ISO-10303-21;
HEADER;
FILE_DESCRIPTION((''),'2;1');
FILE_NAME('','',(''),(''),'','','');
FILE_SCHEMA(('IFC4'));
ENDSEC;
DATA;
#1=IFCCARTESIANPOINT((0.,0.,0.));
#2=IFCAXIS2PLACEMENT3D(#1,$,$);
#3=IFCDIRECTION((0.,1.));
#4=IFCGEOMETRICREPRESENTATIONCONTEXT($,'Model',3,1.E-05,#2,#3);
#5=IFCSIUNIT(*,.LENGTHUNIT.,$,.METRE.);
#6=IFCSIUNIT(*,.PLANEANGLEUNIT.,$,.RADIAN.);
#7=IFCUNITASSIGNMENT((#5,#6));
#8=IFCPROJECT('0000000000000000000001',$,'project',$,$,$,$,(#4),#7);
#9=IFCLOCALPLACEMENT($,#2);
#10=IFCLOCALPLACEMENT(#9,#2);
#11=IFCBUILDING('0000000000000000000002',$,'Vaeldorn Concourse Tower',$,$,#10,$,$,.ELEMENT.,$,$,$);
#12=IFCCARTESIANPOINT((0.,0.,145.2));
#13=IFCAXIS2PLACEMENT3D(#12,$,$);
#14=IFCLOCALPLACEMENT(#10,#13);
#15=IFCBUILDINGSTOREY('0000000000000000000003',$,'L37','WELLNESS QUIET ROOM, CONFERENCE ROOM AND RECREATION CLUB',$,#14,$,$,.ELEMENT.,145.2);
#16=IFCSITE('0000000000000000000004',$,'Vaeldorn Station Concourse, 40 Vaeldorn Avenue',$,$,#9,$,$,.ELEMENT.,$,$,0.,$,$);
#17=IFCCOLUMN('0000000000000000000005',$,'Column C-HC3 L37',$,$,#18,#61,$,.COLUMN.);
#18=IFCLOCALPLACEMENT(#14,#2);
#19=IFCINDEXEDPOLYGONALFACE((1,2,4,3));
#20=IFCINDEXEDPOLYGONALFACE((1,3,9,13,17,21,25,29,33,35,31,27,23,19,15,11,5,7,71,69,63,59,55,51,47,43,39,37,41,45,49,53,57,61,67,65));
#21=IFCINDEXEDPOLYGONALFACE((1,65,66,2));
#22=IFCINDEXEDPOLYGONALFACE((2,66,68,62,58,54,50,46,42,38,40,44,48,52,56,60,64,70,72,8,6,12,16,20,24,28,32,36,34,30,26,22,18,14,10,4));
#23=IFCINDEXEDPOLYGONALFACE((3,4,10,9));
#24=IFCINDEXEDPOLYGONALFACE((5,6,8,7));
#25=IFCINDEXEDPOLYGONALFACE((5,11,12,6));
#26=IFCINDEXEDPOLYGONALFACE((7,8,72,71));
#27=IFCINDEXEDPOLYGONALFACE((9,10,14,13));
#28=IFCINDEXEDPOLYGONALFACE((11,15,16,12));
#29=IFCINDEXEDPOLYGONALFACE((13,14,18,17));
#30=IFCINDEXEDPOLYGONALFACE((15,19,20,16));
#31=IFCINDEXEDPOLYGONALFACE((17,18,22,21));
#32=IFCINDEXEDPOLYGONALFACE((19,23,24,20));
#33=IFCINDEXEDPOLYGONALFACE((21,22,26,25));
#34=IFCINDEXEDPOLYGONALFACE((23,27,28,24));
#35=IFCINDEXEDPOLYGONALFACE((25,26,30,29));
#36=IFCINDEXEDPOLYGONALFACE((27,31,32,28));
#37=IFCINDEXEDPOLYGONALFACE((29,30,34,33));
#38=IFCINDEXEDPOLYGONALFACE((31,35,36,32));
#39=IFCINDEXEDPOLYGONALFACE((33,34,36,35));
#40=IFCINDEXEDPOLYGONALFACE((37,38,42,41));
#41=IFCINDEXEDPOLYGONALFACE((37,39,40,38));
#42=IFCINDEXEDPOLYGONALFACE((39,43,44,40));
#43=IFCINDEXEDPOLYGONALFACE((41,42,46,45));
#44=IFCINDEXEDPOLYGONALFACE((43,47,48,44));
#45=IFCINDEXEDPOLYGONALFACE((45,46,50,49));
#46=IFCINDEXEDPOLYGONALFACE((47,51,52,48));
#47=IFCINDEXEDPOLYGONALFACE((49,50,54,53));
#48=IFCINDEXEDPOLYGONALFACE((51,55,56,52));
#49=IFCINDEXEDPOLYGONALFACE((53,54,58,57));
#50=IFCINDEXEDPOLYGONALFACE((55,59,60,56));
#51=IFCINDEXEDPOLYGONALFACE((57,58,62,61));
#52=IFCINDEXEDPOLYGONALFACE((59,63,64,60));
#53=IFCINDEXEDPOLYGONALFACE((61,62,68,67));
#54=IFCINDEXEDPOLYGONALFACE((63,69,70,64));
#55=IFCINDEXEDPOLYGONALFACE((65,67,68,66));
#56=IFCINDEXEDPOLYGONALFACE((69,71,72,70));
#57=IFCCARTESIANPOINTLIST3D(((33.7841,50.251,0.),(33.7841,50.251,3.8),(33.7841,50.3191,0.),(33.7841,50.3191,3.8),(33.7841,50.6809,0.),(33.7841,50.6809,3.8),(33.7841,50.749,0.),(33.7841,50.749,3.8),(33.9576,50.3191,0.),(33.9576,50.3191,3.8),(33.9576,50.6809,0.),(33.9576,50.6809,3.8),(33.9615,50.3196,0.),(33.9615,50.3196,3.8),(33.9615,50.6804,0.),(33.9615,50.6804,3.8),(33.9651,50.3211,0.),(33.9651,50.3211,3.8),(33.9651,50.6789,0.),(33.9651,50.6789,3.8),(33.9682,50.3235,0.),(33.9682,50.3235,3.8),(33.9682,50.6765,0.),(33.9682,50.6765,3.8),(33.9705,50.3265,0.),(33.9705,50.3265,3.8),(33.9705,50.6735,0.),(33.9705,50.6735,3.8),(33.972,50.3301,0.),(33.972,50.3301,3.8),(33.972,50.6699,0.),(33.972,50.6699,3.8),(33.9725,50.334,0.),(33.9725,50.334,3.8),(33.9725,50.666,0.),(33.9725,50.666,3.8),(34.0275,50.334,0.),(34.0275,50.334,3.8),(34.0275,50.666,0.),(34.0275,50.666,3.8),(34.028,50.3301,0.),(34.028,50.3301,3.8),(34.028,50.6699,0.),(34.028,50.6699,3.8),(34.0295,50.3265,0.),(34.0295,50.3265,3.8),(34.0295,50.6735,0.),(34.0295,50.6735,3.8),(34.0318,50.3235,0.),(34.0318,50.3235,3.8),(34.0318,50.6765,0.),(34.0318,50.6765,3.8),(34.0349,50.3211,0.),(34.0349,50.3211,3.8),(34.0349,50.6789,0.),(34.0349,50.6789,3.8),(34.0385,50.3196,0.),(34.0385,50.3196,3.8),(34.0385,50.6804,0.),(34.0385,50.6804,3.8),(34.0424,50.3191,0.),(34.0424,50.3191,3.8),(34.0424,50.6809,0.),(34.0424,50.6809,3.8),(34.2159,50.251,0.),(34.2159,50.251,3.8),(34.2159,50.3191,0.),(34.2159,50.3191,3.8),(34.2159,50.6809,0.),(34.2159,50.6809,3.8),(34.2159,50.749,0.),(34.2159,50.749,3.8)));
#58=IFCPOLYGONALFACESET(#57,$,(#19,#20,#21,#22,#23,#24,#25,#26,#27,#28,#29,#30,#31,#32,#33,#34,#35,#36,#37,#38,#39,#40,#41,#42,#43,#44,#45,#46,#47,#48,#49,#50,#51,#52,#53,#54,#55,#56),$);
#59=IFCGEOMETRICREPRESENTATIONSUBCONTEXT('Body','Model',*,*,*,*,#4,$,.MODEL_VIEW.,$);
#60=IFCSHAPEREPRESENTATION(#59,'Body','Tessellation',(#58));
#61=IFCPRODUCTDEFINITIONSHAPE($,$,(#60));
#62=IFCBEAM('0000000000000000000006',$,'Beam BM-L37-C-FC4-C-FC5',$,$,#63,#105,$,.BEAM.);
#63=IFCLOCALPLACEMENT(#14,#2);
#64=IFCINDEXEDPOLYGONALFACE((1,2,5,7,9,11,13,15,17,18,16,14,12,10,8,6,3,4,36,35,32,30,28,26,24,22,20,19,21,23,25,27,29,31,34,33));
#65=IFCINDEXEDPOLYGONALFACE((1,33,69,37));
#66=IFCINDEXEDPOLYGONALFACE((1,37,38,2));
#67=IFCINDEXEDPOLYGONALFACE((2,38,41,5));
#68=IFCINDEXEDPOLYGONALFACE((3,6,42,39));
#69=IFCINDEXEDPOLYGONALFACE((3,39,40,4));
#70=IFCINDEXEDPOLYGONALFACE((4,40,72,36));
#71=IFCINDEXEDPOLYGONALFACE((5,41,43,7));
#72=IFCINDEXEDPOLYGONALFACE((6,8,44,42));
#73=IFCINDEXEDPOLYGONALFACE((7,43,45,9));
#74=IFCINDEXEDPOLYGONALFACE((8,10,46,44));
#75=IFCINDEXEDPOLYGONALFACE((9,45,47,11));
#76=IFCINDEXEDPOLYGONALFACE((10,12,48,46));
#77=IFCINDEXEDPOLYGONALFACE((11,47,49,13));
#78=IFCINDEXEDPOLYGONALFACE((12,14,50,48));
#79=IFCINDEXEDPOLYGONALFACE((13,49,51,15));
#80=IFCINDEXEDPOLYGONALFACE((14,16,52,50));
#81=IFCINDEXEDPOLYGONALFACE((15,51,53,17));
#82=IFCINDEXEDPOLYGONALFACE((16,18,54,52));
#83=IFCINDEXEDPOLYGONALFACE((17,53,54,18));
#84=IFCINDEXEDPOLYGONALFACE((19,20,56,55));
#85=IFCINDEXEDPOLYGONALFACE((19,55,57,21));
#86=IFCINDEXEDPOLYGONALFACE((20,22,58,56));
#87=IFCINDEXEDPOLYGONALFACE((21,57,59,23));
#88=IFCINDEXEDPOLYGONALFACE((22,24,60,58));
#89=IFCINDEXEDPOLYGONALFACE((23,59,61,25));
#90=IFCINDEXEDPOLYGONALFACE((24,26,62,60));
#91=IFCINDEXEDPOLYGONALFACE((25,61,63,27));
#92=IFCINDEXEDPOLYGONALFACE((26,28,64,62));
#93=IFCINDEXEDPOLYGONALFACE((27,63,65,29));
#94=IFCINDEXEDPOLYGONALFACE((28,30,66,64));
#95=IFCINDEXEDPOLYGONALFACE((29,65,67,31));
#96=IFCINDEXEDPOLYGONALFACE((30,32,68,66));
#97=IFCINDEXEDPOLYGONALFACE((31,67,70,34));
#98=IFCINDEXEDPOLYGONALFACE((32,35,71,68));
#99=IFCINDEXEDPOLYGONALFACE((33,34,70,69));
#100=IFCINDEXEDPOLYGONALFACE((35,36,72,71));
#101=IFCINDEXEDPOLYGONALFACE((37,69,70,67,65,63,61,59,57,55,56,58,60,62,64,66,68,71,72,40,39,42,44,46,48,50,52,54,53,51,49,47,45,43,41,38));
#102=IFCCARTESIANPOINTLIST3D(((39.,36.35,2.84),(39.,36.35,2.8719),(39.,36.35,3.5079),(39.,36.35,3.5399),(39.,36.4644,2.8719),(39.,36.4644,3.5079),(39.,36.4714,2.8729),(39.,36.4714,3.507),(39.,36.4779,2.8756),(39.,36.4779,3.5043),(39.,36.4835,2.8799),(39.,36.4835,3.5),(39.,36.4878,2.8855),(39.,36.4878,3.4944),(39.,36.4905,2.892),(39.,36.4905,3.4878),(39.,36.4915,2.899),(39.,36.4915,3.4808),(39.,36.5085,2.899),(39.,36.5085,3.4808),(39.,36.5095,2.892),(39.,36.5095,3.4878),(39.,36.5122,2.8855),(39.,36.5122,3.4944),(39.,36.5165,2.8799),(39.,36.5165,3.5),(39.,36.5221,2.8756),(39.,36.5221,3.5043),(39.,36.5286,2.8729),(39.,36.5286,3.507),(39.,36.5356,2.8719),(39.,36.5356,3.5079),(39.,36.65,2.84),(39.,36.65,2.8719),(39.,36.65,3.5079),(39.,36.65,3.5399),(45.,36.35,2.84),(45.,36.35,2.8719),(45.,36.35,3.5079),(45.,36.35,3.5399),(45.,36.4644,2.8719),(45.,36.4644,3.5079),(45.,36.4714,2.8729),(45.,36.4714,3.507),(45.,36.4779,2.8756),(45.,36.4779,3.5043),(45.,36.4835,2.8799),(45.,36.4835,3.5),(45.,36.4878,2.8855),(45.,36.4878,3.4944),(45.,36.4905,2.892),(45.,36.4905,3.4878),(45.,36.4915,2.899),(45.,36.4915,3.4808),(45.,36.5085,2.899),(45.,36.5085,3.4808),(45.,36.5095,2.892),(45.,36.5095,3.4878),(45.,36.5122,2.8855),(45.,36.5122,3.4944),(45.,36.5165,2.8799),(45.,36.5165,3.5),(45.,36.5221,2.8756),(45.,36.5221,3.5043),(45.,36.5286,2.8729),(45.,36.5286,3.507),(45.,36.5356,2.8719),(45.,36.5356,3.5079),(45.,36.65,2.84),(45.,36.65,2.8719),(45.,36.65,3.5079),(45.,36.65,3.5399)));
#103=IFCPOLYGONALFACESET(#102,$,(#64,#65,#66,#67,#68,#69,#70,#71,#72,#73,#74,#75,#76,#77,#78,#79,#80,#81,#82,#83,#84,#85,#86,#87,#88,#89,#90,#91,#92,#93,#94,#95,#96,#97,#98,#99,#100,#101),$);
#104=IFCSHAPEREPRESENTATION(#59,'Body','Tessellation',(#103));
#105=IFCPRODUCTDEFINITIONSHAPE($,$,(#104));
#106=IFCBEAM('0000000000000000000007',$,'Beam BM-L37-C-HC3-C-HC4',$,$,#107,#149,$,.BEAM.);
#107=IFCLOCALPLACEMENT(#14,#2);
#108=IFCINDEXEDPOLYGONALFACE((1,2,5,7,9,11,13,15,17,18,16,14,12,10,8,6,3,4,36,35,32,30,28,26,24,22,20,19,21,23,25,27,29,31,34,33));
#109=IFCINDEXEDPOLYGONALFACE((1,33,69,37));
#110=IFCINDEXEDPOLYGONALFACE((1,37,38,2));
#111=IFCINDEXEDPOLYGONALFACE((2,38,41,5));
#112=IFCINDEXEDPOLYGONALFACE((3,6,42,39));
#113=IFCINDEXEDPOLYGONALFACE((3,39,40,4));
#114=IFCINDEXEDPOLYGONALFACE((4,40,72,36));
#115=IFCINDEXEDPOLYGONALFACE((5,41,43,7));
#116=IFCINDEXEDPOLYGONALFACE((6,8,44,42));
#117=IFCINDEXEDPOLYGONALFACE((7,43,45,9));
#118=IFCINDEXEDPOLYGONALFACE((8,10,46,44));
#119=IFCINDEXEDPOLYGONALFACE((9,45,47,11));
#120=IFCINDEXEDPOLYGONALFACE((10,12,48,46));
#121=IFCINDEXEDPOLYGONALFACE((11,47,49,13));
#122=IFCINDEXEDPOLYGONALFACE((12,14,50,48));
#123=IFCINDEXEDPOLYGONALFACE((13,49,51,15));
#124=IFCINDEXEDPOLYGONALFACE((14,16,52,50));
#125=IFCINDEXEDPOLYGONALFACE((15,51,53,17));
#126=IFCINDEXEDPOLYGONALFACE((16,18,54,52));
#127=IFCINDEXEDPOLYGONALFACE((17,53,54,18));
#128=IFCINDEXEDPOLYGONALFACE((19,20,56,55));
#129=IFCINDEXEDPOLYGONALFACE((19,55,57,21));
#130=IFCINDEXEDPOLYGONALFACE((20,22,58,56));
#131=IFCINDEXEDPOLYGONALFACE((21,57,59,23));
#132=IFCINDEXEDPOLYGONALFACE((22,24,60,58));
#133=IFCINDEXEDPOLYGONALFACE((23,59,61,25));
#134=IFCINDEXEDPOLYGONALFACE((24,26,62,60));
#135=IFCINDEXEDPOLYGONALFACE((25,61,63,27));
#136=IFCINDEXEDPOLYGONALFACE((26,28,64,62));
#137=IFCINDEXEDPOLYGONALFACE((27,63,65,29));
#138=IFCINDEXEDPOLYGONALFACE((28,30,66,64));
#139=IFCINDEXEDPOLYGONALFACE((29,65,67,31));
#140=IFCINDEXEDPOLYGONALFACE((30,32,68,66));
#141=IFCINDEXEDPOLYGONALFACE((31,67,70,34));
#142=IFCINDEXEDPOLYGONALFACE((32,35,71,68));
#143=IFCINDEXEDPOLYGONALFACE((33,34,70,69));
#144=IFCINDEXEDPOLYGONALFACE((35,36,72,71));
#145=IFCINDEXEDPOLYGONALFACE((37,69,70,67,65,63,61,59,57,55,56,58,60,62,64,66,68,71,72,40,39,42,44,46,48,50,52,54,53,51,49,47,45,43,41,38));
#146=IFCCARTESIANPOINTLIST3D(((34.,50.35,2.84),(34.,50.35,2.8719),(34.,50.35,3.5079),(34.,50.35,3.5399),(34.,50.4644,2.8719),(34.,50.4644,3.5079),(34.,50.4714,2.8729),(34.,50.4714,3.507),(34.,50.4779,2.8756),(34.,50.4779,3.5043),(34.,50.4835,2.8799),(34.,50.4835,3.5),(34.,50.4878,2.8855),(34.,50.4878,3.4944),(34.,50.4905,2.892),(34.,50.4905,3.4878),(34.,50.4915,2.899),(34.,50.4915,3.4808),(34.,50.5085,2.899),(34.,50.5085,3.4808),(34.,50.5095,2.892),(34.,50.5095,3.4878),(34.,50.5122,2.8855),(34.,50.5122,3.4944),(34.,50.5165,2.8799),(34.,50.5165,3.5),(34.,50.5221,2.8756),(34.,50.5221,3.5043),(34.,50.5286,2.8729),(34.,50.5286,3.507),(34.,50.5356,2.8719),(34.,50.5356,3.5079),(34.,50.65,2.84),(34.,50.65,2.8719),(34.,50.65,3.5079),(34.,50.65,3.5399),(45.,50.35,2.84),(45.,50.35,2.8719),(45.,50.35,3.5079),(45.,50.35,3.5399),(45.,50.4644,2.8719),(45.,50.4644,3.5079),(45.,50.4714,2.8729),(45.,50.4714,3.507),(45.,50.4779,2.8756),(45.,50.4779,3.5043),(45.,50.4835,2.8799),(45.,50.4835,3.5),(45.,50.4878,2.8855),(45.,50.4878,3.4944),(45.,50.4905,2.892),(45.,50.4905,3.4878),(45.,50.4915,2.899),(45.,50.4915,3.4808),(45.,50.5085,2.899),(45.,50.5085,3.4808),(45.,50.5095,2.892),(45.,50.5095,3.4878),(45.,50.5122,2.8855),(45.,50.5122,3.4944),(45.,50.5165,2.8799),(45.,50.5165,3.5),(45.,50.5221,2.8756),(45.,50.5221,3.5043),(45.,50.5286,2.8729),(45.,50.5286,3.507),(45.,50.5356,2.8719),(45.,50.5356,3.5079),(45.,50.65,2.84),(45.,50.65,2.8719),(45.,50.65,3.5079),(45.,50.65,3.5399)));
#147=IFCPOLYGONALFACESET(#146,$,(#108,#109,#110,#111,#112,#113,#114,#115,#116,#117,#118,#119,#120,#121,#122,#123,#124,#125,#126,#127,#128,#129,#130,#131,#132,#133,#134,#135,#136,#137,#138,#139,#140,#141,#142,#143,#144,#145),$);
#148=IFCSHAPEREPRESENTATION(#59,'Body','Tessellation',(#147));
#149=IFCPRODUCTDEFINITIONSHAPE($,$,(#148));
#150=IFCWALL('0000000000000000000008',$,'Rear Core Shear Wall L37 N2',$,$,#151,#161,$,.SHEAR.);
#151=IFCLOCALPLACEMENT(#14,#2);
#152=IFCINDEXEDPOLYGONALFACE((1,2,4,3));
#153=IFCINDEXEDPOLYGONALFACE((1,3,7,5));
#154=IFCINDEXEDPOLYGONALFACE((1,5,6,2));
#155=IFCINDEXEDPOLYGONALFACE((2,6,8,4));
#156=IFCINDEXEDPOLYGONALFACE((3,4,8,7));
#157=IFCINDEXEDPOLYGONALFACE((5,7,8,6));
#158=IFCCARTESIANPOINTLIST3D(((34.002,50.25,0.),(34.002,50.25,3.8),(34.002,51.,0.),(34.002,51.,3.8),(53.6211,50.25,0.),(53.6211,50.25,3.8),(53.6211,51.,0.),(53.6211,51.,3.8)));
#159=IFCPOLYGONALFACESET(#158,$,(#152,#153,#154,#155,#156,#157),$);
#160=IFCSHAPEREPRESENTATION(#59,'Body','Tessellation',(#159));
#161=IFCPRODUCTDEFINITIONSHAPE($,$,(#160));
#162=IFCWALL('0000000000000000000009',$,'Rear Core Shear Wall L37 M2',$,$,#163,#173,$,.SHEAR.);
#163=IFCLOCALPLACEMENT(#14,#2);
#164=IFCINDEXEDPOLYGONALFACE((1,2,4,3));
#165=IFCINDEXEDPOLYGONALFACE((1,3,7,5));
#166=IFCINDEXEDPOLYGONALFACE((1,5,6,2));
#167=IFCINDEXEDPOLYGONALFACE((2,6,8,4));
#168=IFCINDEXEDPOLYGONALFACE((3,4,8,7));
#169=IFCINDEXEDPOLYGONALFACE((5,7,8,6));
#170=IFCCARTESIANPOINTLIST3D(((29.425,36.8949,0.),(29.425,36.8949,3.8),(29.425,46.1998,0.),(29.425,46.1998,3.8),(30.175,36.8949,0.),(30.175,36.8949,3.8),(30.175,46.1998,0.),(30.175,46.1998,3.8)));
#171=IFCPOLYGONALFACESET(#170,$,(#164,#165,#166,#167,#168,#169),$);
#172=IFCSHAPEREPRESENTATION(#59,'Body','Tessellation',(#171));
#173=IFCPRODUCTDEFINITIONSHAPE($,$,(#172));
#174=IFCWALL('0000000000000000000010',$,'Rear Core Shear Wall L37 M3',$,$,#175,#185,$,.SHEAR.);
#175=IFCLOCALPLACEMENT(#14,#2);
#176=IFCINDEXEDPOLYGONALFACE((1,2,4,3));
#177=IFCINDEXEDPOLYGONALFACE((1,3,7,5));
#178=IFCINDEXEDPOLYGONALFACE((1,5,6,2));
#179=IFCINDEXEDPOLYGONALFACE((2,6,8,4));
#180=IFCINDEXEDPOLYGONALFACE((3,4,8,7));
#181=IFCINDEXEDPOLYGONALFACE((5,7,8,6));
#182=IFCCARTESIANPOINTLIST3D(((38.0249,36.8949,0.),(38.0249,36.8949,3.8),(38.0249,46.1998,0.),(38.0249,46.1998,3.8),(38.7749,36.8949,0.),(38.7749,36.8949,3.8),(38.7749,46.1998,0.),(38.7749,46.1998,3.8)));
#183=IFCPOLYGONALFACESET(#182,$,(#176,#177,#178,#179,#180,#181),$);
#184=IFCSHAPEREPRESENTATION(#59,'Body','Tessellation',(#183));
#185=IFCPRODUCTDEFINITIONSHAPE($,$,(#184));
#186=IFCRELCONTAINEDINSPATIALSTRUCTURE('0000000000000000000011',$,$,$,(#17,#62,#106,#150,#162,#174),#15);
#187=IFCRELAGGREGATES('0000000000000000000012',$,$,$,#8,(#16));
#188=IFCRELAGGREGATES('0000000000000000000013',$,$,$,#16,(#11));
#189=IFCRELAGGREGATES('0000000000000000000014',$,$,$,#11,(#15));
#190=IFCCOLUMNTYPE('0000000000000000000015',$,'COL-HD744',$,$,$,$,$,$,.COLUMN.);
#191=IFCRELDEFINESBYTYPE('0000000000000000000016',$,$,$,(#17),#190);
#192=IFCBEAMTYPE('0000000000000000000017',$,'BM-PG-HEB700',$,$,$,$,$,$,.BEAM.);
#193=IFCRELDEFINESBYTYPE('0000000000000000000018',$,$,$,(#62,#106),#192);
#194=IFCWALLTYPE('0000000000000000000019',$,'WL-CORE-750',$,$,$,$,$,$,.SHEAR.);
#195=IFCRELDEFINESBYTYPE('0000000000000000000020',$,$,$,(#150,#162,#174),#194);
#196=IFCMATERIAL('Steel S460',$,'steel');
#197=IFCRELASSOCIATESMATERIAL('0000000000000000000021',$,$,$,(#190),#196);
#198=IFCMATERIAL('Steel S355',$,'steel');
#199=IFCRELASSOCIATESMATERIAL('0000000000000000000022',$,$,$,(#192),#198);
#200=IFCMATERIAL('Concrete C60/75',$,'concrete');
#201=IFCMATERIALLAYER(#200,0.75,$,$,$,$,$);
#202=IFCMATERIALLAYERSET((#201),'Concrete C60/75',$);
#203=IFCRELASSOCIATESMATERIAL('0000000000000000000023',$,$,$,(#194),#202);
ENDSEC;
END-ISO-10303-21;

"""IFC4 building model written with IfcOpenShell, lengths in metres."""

from ifc_helpers import new_model, si_unit, direction, frame, frame_2d, origin, origin_2d, place, context, subcontext, project, spatial, rectangle, i_section, extrude, source, transform, mapped, material, layer, layer_set, material_profile, profile_set, type_object, element, save


model = new_model("IFC4")

# Units and contexts
model_context = context("Model", 3, precision=1e-05, world=origin(), true_north=direction((0.0, 1.0)))
body_context = subcontext(model_context, "Body", "Model", "MODEL_VIEW")
ifc_project = project(units=[si_unit("LENGTHUNIT", "METRE"), si_unit("PLANEANGLEUNIT", "RADIAN")], contexts=[model_context])

# Site, building, storey
site_placement = place(None, origin())
site = spatial("IfcSite", under=ifc_project, at=site_placement, Name="Vaeldorn Station Concourse, 40 Vaeldorn Avenue", CompositionType="ELEMENT", RefElevation=0.0)
building_placement = place(site_placement, origin())
building = spatial("IfcBuilding", under=site, at=building_placement, Name="Vaeldorn Concourse Tower", CompositionType="ELEMENT")
storey_placement = place(building_placement, frame((0.0, 0.0, 145.2)))
storey = spatial("IfcBuildingStorey", under=building, at=storey_placement, Name="L37", Description="WELLNESS QUIET ROOM, CONFERENCE ROOM AND RECREATION CLUB", CompositionType="ELEMENT", Elevation=145.2)

# Column
ifc_material_1 = material(Name="Steel S460", Category="steel")
ifc_material_profile_1 = material_profile(ifc_material_1, i_section(OverallWidth=0.4319, OverallDepth=0.498, WebThickness=0.0549, FlangeThickness=0.0681, FilletRadius=0.0149, at=origin_2d()), Name="HD 400x744")
ifc_profile_set_1 = profile_set([ifc_material_profile_1], Name="Steel S460")
column_type = type_object("IfcColumnType", Name="COL-HD744", PredefinedType="COLUMN", material=ifc_profile_set_1)
shared_shape_1 = source(origin(), body_context, "Body", "SweptSolid", [
    extrude(i_section(OverallWidth=0.4319, OverallDepth=0.498, WebThickness=0.0549, FlangeThickness=0.0681, FilletRadius=0.0149, at=origin_2d()), origin(), (0.0, 0.0, 1.0), 3.8),
])
column_placement = place(storey_placement, frame((34.0, 50.5, 0.0), z_axis=(0.0, 0.0, 1.0), x_axis=(1.0, 0.0, 0.0)))
element("IfcColumn", 1, at=column_placement, inside=storey, type_object=column_type, Name="Column C-HC3 L37", PredefinedType="COLUMN", context=body_context, shape_type="MappedRepresentation", body=[
    mapped(shared_shape_1, transform((0.0, 0.0, 0.0), scale=1.0)),
])

# Beams
ifc_material_2 = material(Name="Steel S355", Category="steel")
ifc_material_profile_2 = material_profile(ifc_material_2, i_section(OverallWidth=0.3, OverallDepth=0.7, WebThickness=0.0171, FlangeThickness=0.032, FilletRadius=0.0271, at=origin_2d()), Name="HEB 700")
ifc_profile_set_2 = profile_set([ifc_material_profile_2], Name="Steel S355")
beam_type = type_object("IfcBeamType", Name="BM-PG-HEB700", PredefinedType="BEAM", material=ifc_profile_set_2)
shared_shape_2 = source(origin(), body_context, "Body", "SweptSolid", [
    extrude(i_section(OverallWidth=0.3, OverallDepth=0.7, WebThickness=0.0171, FlangeThickness=0.032, FilletRadius=0.0271, at=origin_2d()), origin(), (0.0, 0.0, 1.0), 6.0),
])
beam_1_placement = place(storey_placement, frame((39.0, 36.5, 3.1899), z_axis=(1.0, 0.0, 0.0), x_axis=(0.0, 1.0, 0.0)))
element("IfcBeam", 2, at=beam_1_placement, inside=storey, type_object=beam_type, Name="Beam BM-L37-C-FC4-C-FC5", PredefinedType="BEAM", context=body_context, shape_type="MappedRepresentation", body=[
    mapped(shared_shape_2, transform((0.0, 0.0, 0.0), scale=1.0)),
])
shared_shape_3 = source(origin(), body_context, "Body", "SweptSolid", [
    extrude(i_section(OverallWidth=0.3, OverallDepth=0.7, WebThickness=0.0171, FlangeThickness=0.032, FilletRadius=0.0271, at=origin_2d()), origin(), (0.0, 0.0, 1.0), 11.0),
])
beam_2_placement = place(storey_placement, frame((34.0, 50.5, 3.1899), z_axis=(1.0, 0.0, 0.0), x_axis=(0.0, 1.0, 0.0)))
element("IfcBeam", 3, at=beam_2_placement, inside=storey, type_object=beam_type, Name="Beam BM-L37-C-HC3-C-HC4", PredefinedType="BEAM", context=body_context, shape_type="MappedRepresentation", body=[
    mapped(shared_shape_3, transform((0.0, 0.0, 0.0), scale=1.0)),
])

# Walls
ifc_material_3 = material(Name="Concrete C60/75", Category="concrete")
ifc_layer_1 = layer(ifc_material_3, 0.75)
ifc_layer_set_1 = layer_set([ifc_layer_1], Name="Concrete C60/75")
wall_type_1 = type_object("IfcWallType", Name="WL-CORE-750", PredefinedType="SHEAR", material=ifc_layer_set_1)
wall_1_placement = place(storey_placement, frame((34.002, 50.625, 0.0), z_axis=(0.0, 0.0, 1.0), x_axis=(1.0, 0.0, 0.0)))
element("IfcWall", 4, at=wall_1_placement, inside=storey, type_object=wall_type_1, Name="Rear Core Shear Wall L37 N2", PredefinedType="SHEAR", context=body_context, shape_type="SweptSolid", body=[
    extrude(rectangle(XDim=19.6191, YDim=0.75, at=frame_2d((9.8096, 0.0))), origin(), (0.0, 0.0, 1.0), 3.8),
])
for number, where, z_axis, x_axis, name in (
    (5, (29.8, 36.895, 0.0), (0.0, 0.0, 1.0), (0.0, 1.0, 0.0), "Rear Core Shear Wall L37 M2"),
    (6, (38.3999, 36.895, 0.0), (0.0, 0.0, 1.0), (0.0, 1.0, 0.0), "Rear Core Shear Wall L37 M3"),
):
    element("IfcWall", number, at=place(storey_placement, frame(where, z_axis=z_axis, x_axis=x_axis)), inside=storey, type_object=wall_type_1, Name=name, PredefinedType="SHEAR", context=body_context, shape_type="SweptSolid", body=[
        extrude(rectangle(XDim=9.3049, YDim=0.75, at=frame_2d((4.6523, 0.0))), origin(), (0.0, 0.0, 1.0), 3.8),
    ])

save(model, "model.ifc")
